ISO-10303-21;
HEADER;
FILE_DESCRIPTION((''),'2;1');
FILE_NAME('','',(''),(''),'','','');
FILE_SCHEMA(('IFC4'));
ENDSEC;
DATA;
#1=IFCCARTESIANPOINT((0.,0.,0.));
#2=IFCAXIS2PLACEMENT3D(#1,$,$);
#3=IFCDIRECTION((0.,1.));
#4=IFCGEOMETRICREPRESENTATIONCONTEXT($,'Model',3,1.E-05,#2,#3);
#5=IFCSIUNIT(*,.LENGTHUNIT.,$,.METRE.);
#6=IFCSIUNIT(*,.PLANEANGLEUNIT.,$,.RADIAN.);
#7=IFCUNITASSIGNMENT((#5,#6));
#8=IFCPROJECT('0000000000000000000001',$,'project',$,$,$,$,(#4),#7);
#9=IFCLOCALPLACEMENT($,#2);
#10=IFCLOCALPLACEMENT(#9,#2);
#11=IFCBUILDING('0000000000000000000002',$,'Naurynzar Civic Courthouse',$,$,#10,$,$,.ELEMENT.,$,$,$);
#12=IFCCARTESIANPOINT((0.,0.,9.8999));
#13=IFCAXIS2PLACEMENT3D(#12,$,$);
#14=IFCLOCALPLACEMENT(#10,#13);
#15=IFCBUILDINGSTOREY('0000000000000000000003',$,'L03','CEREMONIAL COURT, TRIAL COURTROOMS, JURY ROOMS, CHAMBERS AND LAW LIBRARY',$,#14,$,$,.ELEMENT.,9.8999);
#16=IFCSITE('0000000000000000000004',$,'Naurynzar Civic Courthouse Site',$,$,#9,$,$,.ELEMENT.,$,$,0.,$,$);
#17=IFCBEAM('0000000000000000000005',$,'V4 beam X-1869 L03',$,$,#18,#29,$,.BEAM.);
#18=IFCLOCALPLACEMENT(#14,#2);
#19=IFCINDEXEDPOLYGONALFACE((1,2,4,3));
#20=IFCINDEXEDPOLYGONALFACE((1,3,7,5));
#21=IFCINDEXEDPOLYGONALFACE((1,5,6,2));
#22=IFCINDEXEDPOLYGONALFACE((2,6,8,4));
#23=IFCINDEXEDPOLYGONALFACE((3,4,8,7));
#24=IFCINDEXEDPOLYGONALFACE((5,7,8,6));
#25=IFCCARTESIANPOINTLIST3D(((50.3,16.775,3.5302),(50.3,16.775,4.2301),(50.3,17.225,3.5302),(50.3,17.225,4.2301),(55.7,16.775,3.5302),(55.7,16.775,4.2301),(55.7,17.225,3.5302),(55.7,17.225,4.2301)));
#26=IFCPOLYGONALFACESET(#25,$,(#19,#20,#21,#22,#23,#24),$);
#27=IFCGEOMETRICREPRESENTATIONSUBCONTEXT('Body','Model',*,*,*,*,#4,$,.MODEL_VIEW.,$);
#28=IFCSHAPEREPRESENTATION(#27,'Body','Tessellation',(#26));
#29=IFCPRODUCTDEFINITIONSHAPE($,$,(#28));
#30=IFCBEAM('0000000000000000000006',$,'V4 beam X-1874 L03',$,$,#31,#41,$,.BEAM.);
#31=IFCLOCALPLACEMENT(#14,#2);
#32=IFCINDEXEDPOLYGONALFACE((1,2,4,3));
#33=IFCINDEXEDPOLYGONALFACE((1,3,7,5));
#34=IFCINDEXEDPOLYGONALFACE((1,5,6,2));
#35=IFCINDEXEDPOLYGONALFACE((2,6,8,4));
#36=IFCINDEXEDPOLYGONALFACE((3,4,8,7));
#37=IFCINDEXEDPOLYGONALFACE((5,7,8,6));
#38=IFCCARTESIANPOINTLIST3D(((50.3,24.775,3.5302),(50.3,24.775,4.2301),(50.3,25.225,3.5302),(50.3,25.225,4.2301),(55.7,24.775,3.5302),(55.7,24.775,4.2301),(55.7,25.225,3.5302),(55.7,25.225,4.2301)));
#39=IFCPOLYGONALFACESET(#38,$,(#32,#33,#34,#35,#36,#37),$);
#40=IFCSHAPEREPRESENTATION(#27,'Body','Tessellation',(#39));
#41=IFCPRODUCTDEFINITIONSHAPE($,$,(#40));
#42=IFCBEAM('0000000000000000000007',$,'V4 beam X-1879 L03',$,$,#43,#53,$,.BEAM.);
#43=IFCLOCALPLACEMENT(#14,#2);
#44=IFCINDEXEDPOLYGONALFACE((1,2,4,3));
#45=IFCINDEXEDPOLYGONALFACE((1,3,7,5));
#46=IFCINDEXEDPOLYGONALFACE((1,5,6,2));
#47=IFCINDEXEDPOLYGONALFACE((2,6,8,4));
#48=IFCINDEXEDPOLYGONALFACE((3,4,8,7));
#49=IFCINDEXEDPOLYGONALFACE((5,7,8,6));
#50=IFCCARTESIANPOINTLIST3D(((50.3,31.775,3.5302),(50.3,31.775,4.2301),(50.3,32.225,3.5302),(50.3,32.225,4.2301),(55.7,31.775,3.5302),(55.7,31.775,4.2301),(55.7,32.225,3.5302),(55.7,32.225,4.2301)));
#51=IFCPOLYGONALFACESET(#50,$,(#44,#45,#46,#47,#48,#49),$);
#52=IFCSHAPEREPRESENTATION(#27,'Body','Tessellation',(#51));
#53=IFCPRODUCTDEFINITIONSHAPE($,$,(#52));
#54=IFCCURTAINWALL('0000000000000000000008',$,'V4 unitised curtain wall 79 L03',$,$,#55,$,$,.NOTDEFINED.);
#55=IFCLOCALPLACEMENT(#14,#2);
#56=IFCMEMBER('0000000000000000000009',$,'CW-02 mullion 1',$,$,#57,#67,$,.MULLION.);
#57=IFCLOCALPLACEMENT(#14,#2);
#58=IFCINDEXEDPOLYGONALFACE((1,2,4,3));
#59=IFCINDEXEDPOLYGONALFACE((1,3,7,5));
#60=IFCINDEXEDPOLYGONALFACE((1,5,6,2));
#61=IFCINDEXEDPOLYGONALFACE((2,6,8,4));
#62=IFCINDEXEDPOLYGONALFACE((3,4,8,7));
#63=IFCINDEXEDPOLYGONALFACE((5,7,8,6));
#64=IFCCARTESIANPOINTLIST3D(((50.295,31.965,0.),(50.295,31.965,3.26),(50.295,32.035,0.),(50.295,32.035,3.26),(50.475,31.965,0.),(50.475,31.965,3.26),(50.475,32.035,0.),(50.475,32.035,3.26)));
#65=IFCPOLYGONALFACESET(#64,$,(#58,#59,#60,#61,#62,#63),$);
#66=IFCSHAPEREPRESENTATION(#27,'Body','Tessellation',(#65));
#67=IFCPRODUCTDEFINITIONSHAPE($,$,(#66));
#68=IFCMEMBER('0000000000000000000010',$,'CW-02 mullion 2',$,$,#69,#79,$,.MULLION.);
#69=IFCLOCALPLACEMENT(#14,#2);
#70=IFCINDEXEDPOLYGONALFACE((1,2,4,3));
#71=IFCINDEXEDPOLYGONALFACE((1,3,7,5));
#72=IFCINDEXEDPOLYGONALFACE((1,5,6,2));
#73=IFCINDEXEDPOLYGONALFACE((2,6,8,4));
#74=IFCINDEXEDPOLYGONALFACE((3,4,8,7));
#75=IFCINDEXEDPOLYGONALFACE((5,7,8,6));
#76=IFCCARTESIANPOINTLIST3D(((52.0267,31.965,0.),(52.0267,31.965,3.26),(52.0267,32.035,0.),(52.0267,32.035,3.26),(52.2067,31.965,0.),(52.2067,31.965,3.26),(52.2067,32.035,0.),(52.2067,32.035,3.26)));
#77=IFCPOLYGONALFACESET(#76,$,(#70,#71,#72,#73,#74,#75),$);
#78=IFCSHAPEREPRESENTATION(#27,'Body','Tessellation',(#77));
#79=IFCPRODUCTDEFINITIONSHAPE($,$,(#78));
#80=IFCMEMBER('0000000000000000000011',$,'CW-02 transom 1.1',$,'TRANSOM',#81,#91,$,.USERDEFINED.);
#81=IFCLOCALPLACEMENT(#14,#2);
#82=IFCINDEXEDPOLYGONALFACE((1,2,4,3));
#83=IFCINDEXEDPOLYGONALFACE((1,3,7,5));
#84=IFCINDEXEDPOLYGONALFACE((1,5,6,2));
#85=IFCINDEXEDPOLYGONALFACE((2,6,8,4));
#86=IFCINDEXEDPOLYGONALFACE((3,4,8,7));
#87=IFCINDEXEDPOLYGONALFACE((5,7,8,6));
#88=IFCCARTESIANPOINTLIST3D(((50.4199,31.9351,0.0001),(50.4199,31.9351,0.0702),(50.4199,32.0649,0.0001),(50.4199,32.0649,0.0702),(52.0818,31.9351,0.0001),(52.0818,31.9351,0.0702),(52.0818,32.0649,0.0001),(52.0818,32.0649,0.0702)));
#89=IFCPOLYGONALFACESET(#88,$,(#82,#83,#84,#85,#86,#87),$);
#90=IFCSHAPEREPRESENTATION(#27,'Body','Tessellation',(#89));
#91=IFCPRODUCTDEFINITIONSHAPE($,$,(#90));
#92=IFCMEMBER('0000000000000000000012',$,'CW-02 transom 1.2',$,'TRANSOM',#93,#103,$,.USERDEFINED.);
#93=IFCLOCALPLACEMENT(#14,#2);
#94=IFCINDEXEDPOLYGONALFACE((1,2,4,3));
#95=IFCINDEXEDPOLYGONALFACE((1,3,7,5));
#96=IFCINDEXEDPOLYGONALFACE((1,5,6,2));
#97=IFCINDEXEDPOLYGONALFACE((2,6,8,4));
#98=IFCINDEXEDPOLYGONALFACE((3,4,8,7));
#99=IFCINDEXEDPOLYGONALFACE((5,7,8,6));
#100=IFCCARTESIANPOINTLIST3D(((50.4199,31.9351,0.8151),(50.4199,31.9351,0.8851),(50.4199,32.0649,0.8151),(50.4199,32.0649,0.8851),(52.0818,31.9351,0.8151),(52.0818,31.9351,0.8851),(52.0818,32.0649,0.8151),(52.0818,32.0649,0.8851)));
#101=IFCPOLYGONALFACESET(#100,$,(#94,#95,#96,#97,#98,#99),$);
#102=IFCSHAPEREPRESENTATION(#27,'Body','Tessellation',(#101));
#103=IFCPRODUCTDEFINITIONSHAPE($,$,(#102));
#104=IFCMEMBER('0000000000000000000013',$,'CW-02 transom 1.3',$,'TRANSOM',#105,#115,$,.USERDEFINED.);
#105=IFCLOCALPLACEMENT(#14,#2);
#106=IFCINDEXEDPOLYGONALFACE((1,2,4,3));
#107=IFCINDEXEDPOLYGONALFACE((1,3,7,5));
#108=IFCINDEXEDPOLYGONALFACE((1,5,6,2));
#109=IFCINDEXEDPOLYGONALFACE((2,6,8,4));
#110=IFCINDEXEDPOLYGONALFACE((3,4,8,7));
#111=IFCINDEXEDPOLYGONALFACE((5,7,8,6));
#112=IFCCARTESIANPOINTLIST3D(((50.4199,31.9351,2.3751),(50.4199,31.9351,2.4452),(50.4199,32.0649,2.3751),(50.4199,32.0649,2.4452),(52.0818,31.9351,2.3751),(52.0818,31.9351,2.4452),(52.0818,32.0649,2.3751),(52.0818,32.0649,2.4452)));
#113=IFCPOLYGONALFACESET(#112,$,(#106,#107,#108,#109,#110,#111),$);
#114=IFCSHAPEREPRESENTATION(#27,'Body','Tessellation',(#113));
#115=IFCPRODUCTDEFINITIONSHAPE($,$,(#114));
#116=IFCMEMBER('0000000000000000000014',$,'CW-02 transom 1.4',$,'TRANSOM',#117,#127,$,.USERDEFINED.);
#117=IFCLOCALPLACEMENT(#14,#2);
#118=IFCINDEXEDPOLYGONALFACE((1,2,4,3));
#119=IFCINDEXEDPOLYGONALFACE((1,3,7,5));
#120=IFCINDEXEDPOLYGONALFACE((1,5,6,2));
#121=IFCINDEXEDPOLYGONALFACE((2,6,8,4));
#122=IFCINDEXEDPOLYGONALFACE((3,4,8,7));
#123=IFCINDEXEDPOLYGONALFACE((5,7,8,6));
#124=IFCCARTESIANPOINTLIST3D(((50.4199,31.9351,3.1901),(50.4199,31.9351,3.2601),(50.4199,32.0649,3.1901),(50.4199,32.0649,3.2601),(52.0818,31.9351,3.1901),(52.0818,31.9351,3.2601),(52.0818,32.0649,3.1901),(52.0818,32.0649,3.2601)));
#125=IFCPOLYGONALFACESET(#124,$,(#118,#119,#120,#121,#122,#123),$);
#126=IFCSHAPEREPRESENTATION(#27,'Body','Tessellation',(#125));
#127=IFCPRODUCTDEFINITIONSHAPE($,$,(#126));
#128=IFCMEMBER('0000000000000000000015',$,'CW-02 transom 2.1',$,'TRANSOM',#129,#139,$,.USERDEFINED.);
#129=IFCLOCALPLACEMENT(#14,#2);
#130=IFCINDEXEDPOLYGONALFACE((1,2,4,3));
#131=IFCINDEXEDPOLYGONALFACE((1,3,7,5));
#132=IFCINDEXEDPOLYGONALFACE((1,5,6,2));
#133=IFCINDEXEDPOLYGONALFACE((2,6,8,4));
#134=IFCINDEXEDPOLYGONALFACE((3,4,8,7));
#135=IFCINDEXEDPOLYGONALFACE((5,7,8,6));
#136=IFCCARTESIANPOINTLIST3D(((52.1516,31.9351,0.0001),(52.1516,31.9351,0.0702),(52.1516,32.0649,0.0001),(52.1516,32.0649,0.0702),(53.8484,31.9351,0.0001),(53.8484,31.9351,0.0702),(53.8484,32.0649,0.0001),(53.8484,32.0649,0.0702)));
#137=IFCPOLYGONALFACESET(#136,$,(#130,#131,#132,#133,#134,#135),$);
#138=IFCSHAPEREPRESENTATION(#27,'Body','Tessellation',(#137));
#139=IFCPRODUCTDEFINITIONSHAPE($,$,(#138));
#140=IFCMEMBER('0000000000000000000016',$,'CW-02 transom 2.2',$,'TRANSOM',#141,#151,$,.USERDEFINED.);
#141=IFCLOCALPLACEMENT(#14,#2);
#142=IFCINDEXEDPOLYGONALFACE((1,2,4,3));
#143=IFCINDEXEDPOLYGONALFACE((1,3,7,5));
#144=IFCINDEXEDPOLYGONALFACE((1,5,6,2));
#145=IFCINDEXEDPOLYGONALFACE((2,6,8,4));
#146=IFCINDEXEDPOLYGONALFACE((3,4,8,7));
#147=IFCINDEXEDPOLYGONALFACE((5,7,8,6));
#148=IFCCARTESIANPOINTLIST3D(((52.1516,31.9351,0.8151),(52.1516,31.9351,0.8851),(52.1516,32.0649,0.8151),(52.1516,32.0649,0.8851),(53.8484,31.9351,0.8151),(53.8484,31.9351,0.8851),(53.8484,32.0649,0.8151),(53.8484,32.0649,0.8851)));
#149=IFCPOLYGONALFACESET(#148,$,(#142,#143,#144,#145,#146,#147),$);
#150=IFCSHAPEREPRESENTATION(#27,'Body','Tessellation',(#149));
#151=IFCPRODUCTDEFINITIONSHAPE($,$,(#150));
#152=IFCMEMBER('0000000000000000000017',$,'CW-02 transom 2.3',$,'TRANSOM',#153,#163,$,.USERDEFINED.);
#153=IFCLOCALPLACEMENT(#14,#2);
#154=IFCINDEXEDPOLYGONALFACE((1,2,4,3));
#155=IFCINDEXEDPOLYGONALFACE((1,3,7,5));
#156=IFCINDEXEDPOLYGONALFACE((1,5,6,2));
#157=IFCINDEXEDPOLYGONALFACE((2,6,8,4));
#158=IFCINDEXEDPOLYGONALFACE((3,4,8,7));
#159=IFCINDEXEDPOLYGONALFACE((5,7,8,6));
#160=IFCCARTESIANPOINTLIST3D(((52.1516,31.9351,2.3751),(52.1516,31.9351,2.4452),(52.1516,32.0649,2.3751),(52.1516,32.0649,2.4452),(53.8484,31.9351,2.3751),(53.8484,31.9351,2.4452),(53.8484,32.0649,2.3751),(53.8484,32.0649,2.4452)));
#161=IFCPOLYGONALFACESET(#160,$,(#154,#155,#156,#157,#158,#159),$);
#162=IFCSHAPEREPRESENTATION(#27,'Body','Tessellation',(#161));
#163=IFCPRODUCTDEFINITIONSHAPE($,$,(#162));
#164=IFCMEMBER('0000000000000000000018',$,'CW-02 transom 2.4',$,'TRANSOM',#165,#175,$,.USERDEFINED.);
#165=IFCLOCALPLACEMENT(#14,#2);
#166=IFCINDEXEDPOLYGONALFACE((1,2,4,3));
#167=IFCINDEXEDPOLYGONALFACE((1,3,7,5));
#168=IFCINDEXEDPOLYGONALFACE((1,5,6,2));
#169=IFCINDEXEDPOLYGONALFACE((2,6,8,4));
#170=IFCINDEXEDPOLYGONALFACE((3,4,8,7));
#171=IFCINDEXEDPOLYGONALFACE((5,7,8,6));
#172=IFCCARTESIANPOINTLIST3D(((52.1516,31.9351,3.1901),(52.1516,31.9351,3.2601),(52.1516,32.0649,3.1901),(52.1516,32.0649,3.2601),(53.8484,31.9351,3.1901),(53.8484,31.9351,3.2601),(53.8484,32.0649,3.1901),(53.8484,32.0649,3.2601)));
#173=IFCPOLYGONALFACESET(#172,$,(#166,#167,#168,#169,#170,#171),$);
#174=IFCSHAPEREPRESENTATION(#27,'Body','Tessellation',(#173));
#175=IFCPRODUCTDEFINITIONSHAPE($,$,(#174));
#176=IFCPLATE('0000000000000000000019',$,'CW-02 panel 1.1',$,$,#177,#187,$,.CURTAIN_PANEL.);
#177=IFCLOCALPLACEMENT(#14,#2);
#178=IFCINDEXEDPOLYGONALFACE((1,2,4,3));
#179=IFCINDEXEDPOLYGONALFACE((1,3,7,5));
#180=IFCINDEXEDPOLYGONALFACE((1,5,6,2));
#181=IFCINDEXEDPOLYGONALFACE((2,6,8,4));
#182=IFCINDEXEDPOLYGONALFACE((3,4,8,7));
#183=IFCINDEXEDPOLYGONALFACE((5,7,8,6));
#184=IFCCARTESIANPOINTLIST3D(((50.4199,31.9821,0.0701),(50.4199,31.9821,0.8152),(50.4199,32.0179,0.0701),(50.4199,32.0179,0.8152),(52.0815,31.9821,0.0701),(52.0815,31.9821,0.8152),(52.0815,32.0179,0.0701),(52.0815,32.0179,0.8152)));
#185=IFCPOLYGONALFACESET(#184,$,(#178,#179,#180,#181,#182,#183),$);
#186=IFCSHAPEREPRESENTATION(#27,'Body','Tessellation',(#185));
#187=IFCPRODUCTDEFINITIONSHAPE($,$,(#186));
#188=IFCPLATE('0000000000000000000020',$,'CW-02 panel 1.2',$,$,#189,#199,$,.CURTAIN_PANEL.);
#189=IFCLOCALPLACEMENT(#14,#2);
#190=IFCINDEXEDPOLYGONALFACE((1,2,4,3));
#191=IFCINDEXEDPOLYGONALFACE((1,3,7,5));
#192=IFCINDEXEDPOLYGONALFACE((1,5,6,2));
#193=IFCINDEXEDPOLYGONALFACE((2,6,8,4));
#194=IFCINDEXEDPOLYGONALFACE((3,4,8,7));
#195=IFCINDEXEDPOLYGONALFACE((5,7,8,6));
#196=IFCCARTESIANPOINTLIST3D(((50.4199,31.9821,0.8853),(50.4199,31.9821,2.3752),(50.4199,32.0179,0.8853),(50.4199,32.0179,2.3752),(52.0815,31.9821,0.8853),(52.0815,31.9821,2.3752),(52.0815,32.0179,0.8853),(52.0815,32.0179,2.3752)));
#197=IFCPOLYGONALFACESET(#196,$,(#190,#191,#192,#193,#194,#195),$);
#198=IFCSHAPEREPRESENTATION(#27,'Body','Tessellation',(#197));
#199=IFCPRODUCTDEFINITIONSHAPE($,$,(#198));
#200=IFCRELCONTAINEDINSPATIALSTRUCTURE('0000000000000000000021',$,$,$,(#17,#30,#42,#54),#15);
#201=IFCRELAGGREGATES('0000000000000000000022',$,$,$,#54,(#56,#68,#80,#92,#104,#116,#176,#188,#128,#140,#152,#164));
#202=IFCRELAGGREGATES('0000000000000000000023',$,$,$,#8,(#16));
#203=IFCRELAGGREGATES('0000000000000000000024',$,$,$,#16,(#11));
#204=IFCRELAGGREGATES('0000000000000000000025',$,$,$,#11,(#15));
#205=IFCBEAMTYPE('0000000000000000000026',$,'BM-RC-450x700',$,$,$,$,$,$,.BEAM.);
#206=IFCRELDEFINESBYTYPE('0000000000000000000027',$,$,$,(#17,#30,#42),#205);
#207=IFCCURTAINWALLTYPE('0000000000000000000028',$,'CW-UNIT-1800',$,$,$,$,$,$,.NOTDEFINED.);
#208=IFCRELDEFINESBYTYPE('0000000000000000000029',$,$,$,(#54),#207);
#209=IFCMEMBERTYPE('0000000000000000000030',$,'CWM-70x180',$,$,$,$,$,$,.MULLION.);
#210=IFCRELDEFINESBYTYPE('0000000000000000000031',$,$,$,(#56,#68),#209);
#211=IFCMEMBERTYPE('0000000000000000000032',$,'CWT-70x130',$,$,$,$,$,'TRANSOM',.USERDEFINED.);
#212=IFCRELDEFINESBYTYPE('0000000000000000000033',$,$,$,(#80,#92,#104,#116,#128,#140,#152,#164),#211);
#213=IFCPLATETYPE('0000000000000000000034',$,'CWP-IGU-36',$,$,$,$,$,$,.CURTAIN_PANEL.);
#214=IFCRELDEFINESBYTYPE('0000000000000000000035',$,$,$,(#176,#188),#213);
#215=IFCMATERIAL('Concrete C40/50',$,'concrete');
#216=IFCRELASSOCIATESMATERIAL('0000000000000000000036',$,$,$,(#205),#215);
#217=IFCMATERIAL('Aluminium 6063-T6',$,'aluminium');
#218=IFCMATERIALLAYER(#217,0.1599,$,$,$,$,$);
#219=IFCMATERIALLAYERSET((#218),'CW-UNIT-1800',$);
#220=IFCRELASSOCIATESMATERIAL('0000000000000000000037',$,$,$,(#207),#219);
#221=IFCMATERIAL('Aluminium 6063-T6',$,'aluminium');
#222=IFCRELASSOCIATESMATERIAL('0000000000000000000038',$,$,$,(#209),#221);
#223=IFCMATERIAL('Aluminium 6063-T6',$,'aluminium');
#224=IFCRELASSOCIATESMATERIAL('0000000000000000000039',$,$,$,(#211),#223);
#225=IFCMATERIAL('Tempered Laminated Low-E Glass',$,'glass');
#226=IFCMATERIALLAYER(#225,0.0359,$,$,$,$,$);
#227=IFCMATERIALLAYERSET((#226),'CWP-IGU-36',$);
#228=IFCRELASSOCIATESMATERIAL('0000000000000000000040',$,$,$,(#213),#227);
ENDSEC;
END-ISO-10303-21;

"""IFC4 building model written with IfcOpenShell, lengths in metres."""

from ifc_helpers import new_model, si_unit, direction, frame, origin, origin_2d, place, context, subcontext, project, spatial, rectangle, extrude, material, layer, layer_set, material_profile, profile_set, type_object, element, aggregate, save


model = new_model("IFC4")

# Units and contexts
model_context = context("Model", 3, precision=1e-05, world=origin(), true_north=direction((0.0, 1.0)))
body_context = subcontext(model_context, "Body", "Model", "MODEL_VIEW")
ifc_project = project(units=[si_unit("LENGTHUNIT", "METRE"), si_unit("PLANEANGLEUNIT", "RADIAN")], contexts=[model_context])

# Site, building, storey
site_placement = place(None, origin())
site = spatial("IfcSite", under=ifc_project, at=site_placement, Name="Naurynzar Civic Courthouse Site", CompositionType="ELEMENT", RefElevation=0.0)
building_placement = place(site_placement, origin())
building = spatial("IfcBuilding", under=site, at=building_placement, Name="Naurynzar Civic Courthouse", CompositionType="ELEMENT")
storey_placement = place(building_placement, frame((0.0, 0.0, 9.8999)))
storey = spatial("IfcBuildingStorey", under=building, at=storey_placement, Name="L03", Description="CEREMONIAL COURT, TRIAL COURTROOMS, JURY ROOMS, CHAMBERS AND LAW LIBRARY", CompositionType="ELEMENT", Elevation=9.8999)

# Beams
ifc_material_1 = material(Name="Concrete C40/50", Category="concrete")
ifc_material_profile_1 = material_profile(ifc_material_1, rectangle(XDim=0.45, YDim=0.7, at=origin_2d()), Name="RCB 450x700")
ifc_profile_set_1 = profile_set([ifc_material_profile_1], Name="Concrete C40/50")
beam_type = type_object("IfcBeamType", Name="BM-RC-450x700", PredefinedType="BEAM", material=ifc_profile_set_1)
for number, where, z_axis, x_axis, name in (
    (1, (50.3, 17.0, 3.8801), (1.0, 0.0, 0.0), (0.0, 1.0, 0.0), "V4 beam X-1869 L03"),
    (2, (50.3, 25.0, 3.8801), (1.0, 0.0, 0.0), (0.0, 1.0, 0.0), "V4 beam X-1874 L03"),
    (3, (50.3, 32.0, 3.8801), (1.0, 0.0, 0.0), (0.0, 1.0, 0.0), "V4 beam X-1879 L03"),
):
    element("IfcBeam", number, at=place(storey_placement, frame(where, z_axis=z_axis, x_axis=x_axis)), inside=storey, type_object=beam_type, Name=name, PredefinedType="BEAM", context=body_context, shape_type="SweptSolid", body=[
        extrude(rectangle(XDim=0.45, YDim=0.7, at=origin_2d()), origin(), (0.0, 0.0, 1.0), 5.3999),
    ])

# Curtain wall, members, plates
ifc_material_2 = material(Name="Aluminium 6063-T6", Category="aluminium")
ifc_layer_1 = layer(ifc_material_2, 0.1599)
ifc_layer_set_1 = layer_set([ifc_layer_1], Name="CW-UNIT-1800")
curtain_wall_type = type_object("IfcCurtainWallType", Name="CW-UNIT-1800", PredefinedType="NOTDEFINED", material=ifc_layer_set_1)
curtain_wall_placement = place(storey_placement, origin())
curtain_wall = element("IfcCurtainWall", 4, at=curtain_wall_placement, inside=storey, type_object=curtain_wall_type, Name="V4 unitised curtain wall 79 L03", PredefinedType="NOTDEFINED")
ifc_material_3 = material(Name="Aluminium 6063-T6", Category="aluminium")
ifc_material_profile_2 = material_profile(ifc_material_3, rectangle(XDim=0.0701, YDim=0.1799, at=origin_2d()), Name="ALU MULLION 70x180")
ifc_profile_set_2 = profile_set([ifc_material_profile_2], Name="Aluminium 6063-T6")
member_type_1 = type_object("IfcMemberType", Name="CWM-70x180", PredefinedType="MULLION", material=ifc_profile_set_2)
member_1_placement = place(storey_placement, frame((50.385, 32.0, 0.0), z_axis=(0.0, 0.0, 1.0), x_axis=(0.0, 1.0, 0.0)))
member_1 = element("IfcMember", 5, at=member_1_placement, type_object=member_type_1, Name="CW-02 mullion 1", PredefinedType="MULLION", context=body_context, shape_type="SweptSolid", body=[
    extrude(rectangle(XDim=0.0701, YDim=0.1799, at=origin_2d()), origin(), (0.0, 0.0, 1.0), 3.26),
])
member_2_placement = place(storey_placement, frame((52.1167, 32.0, 0.0), z_axis=(0.0, 0.0, 1.0), x_axis=(0.0, 1.0, 0.0)))
member_2 = element("IfcMember", 6, at=member_2_placement, type_object=member_type_1, Name="CW-02 mullion 2", PredefinedType="MULLION", context=body_context, shape_type="SweptSolid", body=[
    extrude(rectangle(XDim=0.0701, YDim=0.1799, at=origin_2d()), origin(), (0.0, 0.0, 1.0), 3.26),
])
ifc_material_4 = material(Name="Aluminium 6063-T6", Category="aluminium")
ifc_material_profile_3 = material_profile(ifc_material_4, rectangle(XDim=0.1299, YDim=0.0701, at=origin_2d()), Name="ALU TRANSOM 70x130")
ifc_profile_set_3 = profile_set([ifc_material_profile_3], Name="Aluminium 6063-T6")
member_type_2 = type_object("IfcMemberType", Name="CWT-70x130", ElementType="TRANSOM", PredefinedType="USERDEFINED", material=ifc_profile_set_3)
member_3_placement = place(storey_placement, frame((50.4199, 32.0, 0.0352), z_axis=(1.0, 0.0, 0.0), x_axis=(0.0, 1.0, 0.0)))
member_3 = element("IfcMember", 7, at=member_3_placement, type_object=member_type_2, Name="CW-02 transom 1.1", ObjectType="TRANSOM", PredefinedType="USERDEFINED", context=body_context, shape_type="SweptSolid", body=[
    extrude(rectangle(XDim=0.1299, YDim=0.0701, at=origin_2d()), origin(), (0.0, 0.0, 1.0), 1.6619),
])
member_4_placement = place(storey_placement, frame((50.4199, 32.0, 0.8501), z_axis=(1.0, 0.0, 0.0), x_axis=(0.0, 1.0, 0.0)))
member_4 = element("IfcMember", 8, at=member_4_placement, type_object=member_type_2, Name="CW-02 transom 1.2", ObjectType="TRANSOM", PredefinedType="USERDEFINED", context=body_context, shape_type="SweptSolid", body=[
    extrude(rectangle(XDim=0.1299, YDim=0.0701, at=origin_2d()), origin(), (0.0, 0.0, 1.0), 1.6619),
])
member_5_placement = place(storey_placement, frame((50.4199, 32.0, 2.4102), z_axis=(1.0, 0.0, 0.0), x_axis=(0.0, 1.0, 0.0)))
member_5 = element("IfcMember", 9, at=member_5_placement, type_object=member_type_2, Name="CW-02 transom 1.3", ObjectType="TRANSOM", PredefinedType="USERDEFINED", context=body_context, shape_type="SweptSolid", body=[
    extrude(rectangle(XDim=0.1299, YDim=0.0701, at=origin_2d()), origin(), (0.0, 0.0, 1.0), 1.6619),
])
member_6_placement = place(storey_placement, frame((50.4199, 32.0, 3.2251), z_axis=(1.0, 0.0, 0.0), x_axis=(0.0, 1.0, 0.0)))
member_6 = element("IfcMember", 10, at=member_6_placement, type_object=member_type_2, Name="CW-02 transom 1.4", ObjectType="TRANSOM", PredefinedType="USERDEFINED", context=body_context, shape_type="SweptSolid", body=[
    extrude(rectangle(XDim=0.1299, YDim=0.0701, at=origin_2d()), origin(), (0.0, 0.0, 1.0), 1.6619),
])
member_7_placement = place(storey_placement, frame((52.1516, 32.0, 0.0352), z_axis=(1.0, 0.0, 0.0), x_axis=(0.0, 1.0, 0.0)))
member_7 = element("IfcMember", 11, at=member_7_placement, type_object=member_type_2, Name="CW-02 transom 2.1", ObjectType="TRANSOM", PredefinedType="USERDEFINED", context=body_context, shape_type="SweptSolid", body=[
    extrude(rectangle(XDim=0.1299, YDim=0.0701, at=origin_2d()), origin(), (0.0, 0.0, 1.0), 1.6968),
])
member_8_placement = place(storey_placement, frame((52.1516, 32.0, 0.8501), z_axis=(1.0, 0.0, 0.0), x_axis=(0.0, 1.0, 0.0)))
member_8 = element("IfcMember", 12, at=member_8_placement, type_object=member_type_2, Name="CW-02 transom 2.2", ObjectType="TRANSOM", PredefinedType="USERDEFINED", context=body_context, shape_type="SweptSolid", body=[
    extrude(rectangle(XDim=0.1299, YDim=0.0701, at=origin_2d()), origin(), (0.0, 0.0, 1.0), 1.6968),
])
member_9_placement = place(storey_placement, frame((52.1516, 32.0, 2.4102), z_axis=(1.0, 0.0, 0.0), x_axis=(0.0, 1.0, 0.0)))
member_9 = element("IfcMember", 13, at=member_9_placement, type_object=member_type_2, Name="CW-02 transom 2.3", ObjectType="TRANSOM", PredefinedType="USERDEFINED", context=body_context, shape_type="SweptSolid", body=[
    extrude(rectangle(XDim=0.1299, YDim=0.0701, at=origin_2d()), origin(), (0.0, 0.0, 1.0), 1.6968),
])
member_10_placement = place(storey_placement, frame((52.1516, 32.0, 3.2251), z_axis=(1.0, 0.0, 0.0), x_axis=(0.0, 1.0, 0.0)))
member_10 = element("IfcMember", 14, at=member_10_placement, type_object=member_type_2, Name="CW-02 transom 2.4", ObjectType="TRANSOM", PredefinedType="USERDEFINED", context=body_context, shape_type="SweptSolid", body=[
    extrude(rectangle(XDim=0.1299, YDim=0.0701, at=origin_2d()), origin(), (0.0, 0.0, 1.0), 1.6968),
])
ifc_material_5 = material(Name="Tempered Laminated Low-E Glass", Category="glass")
ifc_layer_2 = layer(ifc_material_5, 0.0359)
ifc_layer_set_2 = layer_set([ifc_layer_2], Name="CWP-IGU-36")
plate_type = type_object("IfcPlateType", Name="CWP-IGU-36", PredefinedType="CURTAIN_PANEL", material=ifc_layer_set_2)
plate_1_placement = place(storey_placement, frame((51.2507, 32.0, 0.0701), z_axis=(0.0, 0.0, 1.0), x_axis=(1.0, 0.0, 0.0)))
plate_1 = element("IfcPlate", 15, at=plate_1_placement, type_object=plate_type, Name="CW-02 panel 1.1", PredefinedType="CURTAIN_PANEL", context=body_context, shape_type="SweptSolid", body=[
    extrude(rectangle(XDim=1.6616, YDim=0.0359, at=origin_2d()), origin(), (0.0, 0.0, 1.0), 0.7451),
])
plate_2_placement = place(storey_placement, frame((51.2507, 32.0, 0.8853), z_axis=(0.0, 0.0, 1.0), x_axis=(1.0, 0.0, 0.0)))
plate_2 = element("IfcPlate", 16, at=plate_2_placement, type_object=plate_type, Name="CW-02 panel 1.2", PredefinedType="CURTAIN_PANEL", context=body_context, shape_type="SweptSolid", body=[
    extrude(rectangle(XDim=1.6616, YDim=0.0359, at=origin_2d()), origin(), (0.0, 0.0, 1.0), 1.49),
])
aggregate(curtain_wall, [member_1, member_2, member_3, member_4, member_5, member_6, plate_1, plate_2, member_7, member_8, member_9, member_10])

save(model, "model.ifc")
